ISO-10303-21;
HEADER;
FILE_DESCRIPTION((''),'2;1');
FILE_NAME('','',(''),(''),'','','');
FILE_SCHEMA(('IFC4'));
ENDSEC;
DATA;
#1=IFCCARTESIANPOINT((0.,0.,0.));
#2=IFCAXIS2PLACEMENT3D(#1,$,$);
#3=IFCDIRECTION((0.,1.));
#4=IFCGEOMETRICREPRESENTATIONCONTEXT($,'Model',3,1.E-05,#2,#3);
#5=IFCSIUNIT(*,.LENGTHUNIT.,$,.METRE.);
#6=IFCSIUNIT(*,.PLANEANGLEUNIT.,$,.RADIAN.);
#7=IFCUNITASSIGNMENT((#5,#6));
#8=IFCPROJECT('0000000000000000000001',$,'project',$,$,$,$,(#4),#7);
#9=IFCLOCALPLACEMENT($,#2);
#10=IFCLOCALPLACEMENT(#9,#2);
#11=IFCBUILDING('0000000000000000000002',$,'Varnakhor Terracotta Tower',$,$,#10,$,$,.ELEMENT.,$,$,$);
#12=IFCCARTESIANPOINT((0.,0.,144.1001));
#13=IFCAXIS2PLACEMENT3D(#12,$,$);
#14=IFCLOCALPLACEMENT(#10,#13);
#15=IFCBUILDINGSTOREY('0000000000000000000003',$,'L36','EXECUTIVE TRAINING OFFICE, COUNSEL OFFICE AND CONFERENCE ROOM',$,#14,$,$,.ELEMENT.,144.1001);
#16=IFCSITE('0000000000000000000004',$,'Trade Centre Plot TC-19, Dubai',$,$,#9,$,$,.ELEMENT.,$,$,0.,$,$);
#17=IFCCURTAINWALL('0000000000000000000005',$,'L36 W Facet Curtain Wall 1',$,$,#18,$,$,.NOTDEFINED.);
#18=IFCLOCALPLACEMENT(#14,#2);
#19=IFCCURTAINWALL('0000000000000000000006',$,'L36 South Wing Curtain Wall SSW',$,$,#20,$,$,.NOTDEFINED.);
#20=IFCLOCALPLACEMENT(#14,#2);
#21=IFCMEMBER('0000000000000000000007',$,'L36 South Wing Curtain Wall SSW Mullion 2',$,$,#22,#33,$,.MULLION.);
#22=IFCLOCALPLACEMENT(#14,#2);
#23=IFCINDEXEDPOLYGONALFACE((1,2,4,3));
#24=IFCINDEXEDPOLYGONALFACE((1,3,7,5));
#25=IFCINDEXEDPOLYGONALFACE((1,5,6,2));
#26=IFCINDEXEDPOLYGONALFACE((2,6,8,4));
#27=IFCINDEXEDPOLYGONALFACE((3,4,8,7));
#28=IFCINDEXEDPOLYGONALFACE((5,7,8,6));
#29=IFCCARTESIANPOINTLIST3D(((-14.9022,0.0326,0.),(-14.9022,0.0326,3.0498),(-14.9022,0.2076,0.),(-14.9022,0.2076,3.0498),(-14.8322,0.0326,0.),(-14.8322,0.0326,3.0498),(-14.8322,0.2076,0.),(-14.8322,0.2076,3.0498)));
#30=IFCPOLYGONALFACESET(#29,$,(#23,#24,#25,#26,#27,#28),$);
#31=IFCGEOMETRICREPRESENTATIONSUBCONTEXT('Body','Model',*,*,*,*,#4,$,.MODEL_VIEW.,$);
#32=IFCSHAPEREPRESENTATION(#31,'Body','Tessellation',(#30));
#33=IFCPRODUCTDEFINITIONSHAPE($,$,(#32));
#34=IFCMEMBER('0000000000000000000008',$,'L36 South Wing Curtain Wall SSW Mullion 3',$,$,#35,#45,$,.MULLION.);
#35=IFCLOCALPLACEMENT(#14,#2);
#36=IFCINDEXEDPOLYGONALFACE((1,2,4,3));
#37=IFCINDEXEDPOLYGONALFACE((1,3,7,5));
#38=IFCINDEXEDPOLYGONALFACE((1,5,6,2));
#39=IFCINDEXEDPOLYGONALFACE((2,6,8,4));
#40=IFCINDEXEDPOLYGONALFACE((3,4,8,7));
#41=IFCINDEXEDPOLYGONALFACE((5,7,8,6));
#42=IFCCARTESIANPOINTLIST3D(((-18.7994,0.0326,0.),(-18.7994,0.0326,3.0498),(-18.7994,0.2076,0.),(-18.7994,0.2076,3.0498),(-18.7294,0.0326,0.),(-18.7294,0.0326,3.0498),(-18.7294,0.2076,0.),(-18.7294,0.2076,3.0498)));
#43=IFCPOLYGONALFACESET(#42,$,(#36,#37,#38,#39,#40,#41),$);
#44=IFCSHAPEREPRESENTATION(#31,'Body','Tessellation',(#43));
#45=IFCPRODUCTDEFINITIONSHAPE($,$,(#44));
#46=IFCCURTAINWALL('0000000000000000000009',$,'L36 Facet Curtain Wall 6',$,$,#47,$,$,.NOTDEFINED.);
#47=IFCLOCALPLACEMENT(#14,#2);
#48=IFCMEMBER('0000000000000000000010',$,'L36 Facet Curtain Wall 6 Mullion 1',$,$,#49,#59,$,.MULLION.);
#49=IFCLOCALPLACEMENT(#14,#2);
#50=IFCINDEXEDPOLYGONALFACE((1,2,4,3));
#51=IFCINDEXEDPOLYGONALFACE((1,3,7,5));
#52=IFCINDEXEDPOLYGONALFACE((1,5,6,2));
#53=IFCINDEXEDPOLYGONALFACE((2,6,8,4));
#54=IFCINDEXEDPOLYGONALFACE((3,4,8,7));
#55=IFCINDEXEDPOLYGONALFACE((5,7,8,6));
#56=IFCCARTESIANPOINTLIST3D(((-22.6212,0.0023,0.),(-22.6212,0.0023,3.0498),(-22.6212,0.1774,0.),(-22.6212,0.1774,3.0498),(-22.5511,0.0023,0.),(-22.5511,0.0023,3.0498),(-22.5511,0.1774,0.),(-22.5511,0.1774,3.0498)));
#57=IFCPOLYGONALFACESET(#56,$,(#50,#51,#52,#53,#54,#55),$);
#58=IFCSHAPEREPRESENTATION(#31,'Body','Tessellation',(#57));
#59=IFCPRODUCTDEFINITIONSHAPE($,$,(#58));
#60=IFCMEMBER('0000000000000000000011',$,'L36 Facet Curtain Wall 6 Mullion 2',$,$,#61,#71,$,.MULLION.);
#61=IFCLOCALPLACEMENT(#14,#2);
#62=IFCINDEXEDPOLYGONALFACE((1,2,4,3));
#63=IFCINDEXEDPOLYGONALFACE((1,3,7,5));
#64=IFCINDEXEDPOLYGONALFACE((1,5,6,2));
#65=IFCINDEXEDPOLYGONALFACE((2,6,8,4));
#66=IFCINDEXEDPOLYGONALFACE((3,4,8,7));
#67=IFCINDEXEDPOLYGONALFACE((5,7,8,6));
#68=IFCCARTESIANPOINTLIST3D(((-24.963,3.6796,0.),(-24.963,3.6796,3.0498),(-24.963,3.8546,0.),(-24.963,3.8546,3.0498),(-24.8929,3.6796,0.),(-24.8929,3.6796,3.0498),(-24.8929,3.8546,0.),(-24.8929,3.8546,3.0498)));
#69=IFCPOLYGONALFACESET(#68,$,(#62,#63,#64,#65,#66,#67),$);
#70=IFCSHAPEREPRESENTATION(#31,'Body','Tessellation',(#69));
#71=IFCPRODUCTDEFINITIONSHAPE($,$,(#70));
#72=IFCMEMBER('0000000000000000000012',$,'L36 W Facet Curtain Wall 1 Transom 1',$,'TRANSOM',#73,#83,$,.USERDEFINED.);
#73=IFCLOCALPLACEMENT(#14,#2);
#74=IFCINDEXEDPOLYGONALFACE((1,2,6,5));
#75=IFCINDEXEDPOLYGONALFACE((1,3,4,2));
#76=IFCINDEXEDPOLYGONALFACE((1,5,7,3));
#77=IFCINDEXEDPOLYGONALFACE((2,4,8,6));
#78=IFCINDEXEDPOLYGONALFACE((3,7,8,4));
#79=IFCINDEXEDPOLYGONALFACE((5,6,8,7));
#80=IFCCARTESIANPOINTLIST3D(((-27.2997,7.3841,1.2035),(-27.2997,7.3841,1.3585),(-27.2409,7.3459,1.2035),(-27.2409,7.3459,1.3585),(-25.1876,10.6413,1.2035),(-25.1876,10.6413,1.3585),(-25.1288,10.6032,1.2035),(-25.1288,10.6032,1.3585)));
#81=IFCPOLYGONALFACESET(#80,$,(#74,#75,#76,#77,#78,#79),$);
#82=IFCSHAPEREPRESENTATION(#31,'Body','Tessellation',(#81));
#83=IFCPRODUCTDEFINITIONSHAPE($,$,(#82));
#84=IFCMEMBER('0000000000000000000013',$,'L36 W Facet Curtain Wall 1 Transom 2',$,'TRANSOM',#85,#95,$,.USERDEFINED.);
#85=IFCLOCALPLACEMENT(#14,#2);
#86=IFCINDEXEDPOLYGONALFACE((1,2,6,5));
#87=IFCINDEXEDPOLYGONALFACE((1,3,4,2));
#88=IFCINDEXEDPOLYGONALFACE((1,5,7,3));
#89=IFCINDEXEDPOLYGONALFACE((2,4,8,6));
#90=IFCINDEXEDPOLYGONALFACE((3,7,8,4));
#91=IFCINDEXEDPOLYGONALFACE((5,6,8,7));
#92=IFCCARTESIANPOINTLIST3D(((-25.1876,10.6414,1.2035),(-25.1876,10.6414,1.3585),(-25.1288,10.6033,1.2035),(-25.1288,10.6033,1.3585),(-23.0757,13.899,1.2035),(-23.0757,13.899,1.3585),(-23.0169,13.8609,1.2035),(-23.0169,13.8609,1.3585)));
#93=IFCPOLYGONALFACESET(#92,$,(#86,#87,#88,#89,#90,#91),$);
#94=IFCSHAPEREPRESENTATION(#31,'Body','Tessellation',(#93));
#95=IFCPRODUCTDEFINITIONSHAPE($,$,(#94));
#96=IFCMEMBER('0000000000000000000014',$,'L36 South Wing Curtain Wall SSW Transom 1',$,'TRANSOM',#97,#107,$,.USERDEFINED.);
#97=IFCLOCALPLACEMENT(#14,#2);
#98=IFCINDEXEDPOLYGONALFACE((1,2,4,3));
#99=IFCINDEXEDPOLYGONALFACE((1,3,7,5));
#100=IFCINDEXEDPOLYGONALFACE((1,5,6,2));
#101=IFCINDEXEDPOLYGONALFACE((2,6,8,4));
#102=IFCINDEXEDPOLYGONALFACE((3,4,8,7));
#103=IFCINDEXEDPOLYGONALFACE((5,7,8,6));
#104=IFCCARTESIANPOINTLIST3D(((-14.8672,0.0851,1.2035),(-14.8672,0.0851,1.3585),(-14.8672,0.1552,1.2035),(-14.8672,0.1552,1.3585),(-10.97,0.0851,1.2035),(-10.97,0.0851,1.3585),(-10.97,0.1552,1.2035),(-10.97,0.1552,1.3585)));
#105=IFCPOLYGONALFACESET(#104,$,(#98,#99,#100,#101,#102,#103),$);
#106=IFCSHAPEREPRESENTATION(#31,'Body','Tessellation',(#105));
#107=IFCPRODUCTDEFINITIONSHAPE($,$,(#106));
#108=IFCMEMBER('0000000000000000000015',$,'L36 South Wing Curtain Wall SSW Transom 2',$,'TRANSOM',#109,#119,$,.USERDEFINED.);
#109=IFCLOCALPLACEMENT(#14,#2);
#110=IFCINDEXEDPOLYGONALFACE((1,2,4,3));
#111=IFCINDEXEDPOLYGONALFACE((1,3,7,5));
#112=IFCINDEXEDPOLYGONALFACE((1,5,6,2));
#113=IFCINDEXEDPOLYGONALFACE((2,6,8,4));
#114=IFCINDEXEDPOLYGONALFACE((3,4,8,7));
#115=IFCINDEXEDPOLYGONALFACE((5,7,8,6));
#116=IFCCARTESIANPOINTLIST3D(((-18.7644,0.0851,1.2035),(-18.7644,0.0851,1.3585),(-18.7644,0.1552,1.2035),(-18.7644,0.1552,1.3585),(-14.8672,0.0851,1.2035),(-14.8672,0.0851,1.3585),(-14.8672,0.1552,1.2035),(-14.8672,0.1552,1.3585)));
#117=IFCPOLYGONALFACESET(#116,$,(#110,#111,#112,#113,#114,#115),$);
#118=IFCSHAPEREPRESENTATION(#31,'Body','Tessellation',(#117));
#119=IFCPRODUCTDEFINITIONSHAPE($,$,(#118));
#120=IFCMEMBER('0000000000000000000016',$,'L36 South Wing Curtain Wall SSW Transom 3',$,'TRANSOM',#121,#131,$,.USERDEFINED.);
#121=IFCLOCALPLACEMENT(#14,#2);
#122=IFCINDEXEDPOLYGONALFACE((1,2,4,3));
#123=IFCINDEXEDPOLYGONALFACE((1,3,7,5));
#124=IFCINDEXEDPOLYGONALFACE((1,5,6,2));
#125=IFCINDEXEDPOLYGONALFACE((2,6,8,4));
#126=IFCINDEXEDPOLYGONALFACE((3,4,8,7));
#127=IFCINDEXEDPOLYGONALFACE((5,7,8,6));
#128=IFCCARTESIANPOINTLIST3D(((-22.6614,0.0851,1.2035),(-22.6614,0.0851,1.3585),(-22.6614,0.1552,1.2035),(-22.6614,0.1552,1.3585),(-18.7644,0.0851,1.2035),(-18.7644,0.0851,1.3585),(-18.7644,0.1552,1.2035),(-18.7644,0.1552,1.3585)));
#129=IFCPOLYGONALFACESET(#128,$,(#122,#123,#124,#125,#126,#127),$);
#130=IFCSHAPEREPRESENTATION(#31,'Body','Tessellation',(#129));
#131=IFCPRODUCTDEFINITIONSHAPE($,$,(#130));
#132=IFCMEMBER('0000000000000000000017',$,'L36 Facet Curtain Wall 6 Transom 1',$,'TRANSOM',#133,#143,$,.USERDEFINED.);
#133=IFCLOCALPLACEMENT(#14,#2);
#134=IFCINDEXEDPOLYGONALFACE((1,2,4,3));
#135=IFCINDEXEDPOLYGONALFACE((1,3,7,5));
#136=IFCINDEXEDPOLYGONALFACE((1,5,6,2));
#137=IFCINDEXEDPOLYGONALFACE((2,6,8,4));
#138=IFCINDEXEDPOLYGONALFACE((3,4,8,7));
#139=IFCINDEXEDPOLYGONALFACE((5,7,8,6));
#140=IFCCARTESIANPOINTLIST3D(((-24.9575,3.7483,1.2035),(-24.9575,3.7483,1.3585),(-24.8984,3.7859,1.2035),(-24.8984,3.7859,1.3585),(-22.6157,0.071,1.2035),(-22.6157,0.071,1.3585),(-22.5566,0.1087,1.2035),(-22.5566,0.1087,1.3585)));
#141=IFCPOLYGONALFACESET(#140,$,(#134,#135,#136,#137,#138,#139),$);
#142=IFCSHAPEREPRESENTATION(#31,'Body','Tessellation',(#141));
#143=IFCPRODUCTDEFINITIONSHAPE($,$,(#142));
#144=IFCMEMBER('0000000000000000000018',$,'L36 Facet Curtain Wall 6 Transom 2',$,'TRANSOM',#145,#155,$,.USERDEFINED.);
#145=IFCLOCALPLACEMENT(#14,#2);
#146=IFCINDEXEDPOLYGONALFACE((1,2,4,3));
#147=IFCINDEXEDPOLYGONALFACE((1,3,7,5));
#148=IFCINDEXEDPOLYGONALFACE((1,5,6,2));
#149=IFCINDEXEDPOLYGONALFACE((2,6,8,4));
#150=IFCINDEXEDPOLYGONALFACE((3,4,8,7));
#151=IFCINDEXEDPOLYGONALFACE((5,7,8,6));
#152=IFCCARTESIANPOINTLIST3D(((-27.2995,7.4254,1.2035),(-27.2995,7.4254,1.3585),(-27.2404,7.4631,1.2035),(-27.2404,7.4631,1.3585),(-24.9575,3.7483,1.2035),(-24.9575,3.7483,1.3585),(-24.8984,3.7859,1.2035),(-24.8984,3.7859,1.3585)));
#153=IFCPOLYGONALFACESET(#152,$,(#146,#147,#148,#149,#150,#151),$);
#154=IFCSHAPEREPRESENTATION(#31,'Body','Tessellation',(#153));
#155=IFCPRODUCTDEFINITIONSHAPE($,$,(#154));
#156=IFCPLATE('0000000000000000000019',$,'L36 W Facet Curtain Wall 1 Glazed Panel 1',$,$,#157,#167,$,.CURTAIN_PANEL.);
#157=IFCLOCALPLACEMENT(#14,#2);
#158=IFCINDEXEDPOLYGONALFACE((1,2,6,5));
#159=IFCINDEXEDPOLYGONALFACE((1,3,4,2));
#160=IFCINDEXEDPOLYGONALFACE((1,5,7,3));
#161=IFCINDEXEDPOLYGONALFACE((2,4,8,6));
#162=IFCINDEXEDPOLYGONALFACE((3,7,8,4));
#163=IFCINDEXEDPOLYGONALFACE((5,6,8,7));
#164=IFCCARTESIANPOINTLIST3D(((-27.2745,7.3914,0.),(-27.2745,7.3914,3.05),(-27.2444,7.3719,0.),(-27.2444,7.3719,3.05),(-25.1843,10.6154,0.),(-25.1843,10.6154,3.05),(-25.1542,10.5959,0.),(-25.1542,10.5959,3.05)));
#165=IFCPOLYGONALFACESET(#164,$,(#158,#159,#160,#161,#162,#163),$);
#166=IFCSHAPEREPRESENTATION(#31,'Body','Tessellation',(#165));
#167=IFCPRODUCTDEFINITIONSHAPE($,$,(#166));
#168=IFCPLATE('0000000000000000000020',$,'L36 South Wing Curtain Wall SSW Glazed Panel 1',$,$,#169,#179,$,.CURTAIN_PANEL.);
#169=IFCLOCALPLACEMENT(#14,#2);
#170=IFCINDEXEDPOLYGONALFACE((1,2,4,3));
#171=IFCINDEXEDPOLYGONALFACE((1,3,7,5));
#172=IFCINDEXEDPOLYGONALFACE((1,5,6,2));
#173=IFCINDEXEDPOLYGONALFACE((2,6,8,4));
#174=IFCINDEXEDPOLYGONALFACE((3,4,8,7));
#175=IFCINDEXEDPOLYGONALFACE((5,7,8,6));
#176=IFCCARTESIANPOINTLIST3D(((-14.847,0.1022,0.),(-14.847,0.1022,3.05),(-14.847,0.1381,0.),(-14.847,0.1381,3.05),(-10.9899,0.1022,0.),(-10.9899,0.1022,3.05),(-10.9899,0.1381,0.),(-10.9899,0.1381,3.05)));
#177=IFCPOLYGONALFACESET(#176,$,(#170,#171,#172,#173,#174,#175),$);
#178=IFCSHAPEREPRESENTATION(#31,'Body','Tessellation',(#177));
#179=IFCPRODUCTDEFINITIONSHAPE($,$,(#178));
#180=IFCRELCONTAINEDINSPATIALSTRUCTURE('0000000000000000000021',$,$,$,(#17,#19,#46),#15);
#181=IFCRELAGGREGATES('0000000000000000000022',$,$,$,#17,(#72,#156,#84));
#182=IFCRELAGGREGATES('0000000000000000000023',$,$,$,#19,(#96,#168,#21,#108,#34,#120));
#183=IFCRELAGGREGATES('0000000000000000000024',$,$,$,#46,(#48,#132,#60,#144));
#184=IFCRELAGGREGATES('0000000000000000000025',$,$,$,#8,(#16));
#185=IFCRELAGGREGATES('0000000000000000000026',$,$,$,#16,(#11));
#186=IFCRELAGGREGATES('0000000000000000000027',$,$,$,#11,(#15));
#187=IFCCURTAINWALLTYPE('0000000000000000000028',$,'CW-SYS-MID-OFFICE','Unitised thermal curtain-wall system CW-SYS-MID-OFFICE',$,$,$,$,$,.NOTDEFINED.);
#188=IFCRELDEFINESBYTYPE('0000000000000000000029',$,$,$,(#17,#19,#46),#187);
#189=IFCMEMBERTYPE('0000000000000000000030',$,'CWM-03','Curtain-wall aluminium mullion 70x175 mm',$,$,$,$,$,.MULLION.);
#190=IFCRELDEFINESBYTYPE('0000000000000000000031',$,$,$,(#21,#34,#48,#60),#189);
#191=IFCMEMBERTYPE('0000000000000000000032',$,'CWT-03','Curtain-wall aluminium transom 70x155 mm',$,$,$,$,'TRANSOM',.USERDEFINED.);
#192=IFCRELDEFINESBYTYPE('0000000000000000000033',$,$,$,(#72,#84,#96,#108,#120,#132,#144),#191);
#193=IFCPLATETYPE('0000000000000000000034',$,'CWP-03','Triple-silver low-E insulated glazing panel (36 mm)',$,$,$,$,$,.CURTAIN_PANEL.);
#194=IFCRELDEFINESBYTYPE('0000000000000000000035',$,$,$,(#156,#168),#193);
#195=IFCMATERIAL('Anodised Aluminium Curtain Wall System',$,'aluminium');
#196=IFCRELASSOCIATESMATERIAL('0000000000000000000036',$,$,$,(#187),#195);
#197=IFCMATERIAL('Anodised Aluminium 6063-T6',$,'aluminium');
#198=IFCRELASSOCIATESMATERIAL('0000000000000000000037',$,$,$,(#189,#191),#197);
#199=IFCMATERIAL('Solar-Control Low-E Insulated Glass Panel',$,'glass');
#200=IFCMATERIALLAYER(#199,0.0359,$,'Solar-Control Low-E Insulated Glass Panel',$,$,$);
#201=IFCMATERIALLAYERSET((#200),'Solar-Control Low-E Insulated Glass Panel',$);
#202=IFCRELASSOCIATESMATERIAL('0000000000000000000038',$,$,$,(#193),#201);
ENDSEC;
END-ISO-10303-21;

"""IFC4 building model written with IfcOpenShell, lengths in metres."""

from ifc_helpers import new_model, si_unit, direction, frame, origin, origin_2d, place, context, subcontext, project, spatial, rectangle, extrude, source, transform, mapped, material, layer, layer_set, material_profile, profile_set, type_object, type_shapes, element, aggregate, save


model = new_model("IFC4")

# Units and contexts
model_context = context("Model", 3, precision=1e-05, world=origin(), true_north=direction((0.0, 1.0)))
body_context = subcontext(model_context, "Body", "Model", "MODEL_VIEW")
ifc_project = project(units=[si_unit("LENGTHUNIT", "METRE"), si_unit("PLANEANGLEUNIT", "RADIAN")], contexts=[model_context])

# Site, building, storey
site_placement = place(None, origin())
site = spatial("IfcSite", under=ifc_project, at=site_placement, Name="Trade Centre Plot TC-19, Dubai", CompositionType="ELEMENT", RefElevation=0.0)
building_placement = place(site_placement, origin())
building = spatial("IfcBuilding", under=site, at=building_placement, Name="Varnakhor Terracotta Tower", CompositionType="ELEMENT")
storey_placement = place(building_placement, frame((0.0, 0.0, 144.1001)))
storey = spatial("IfcBuildingStorey", under=building, at=storey_placement, Name="L36", Description="EXECUTIVE TRAINING OFFICE, COUNSEL OFFICE AND CONFERENCE ROOM", CompositionType="ELEMENT", Elevation=144.1001)

# Curtain walls, members
ifc_material_1 = material(Name="Anodised Aluminium Curtain Wall System", Category="aluminium")
curtain_wall_type = type_object("IfcCurtainWallType", Name="CW-SYS-MID-OFFICE", Description="Unitised thermal curtain-wall system CW-SYS-MID-OFFICE", PredefinedType="NOTDEFINED", material=ifc_material_1)
curtain_wall_1_placement = place(storey_placement, origin())
curtain_wall_1 = element("IfcCurtainWall", 1, at=curtain_wall_1_placement, inside=storey, type_object=curtain_wall_type, Name="L36 W Facet Curtain Wall 1", PredefinedType="NOTDEFINED")
ifc_material_2 = material(Name="Anodised Aluminium 6063-T6", Category="aluminium")
ifc_material_profile_1 = material_profile(ifc_material_2, rectangle(XDim=0.0701, YDim=0.175, at=origin_2d()), Name="ALU MULLION 70x175")
ifc_profile_set_1 = profile_set([ifc_material_profile_1], Name="Anodised Aluminium 6063-T6")
member_type_1 = type_object("IfcMemberType", Name="CWM-03", Description="Curtain-wall aluminium mullion 70x175 mm", PredefinedType="MULLION", material=ifc_profile_set_1)
shared_shape_1 = source(origin(), body_context, "Body", "SweptSolid", [
    extrude(rectangle(XDim=0.0701, YDim=0.175, at=origin_2d()), origin(), (0.0, 0.0, 1.0), 3.0498),
])
type_shapes(member_type_1, [shared_shape_1])
curtain_wall_2_placement = place(storey_placement, origin())
curtain_wall_2 = element("IfcCurtainWall", 2, at=curtain_wall_2_placement, inside=storey, type_object=curtain_wall_type, Name="L36 South Wing Curtain Wall SSW", PredefinedType="NOTDEFINED")
member_1_placement = place(storey_placement, frame((-14.8672, 0.1201, 0.0), z_axis=(0.0, 0.0, 1.0), x_axis=(1.0, 0.0, 0.0)))
member_1 = element("IfcMember", 3, at=member_1_placement, type_object=member_type_1, Name="L36 South Wing Curtain Wall SSW Mullion 2", PredefinedType="MULLION", context=body_context, shape_type="MappedRepresentation", body=[
    mapped(shared_shape_1, transform((0.0, 0.0, 0.0), scale=1.0)),
])
member_2_placement = place(storey_placement, frame((-18.7644, 0.1201, 0.0), z_axis=(0.0, 0.0, 1.0), x_axis=(1.0, 0.0, 0.0)))
member_2 = element("IfcMember", 4, at=member_2_placement, type_object=member_type_1, Name="L36 South Wing Curtain Wall SSW Mullion 3", PredefinedType="MULLION", context=body_context, shape_type="MappedRepresentation", body=[
    mapped(shared_shape_1, transform((0.0, 0.0, 0.0), scale=1.0)),
])
curtain_wall_3_placement = place(storey_placement, origin())
curtain_wall_3 = element("IfcCurtainWall", 5, at=curtain_wall_3_placement, inside=storey, type_object=curtain_wall_type, Name="L36 Facet Curtain Wall 6", PredefinedType="NOTDEFINED")
member_3_placement = place(storey_placement, frame((-22.5862, 0.0898, 0.0), z_axis=(0.0, 0.0, 1.0), x_axis=(1.0, 0.0, 0.0)))
member_3 = element("IfcMember", 6, at=member_3_placement, type_object=member_type_1, Name="L36 Facet Curtain Wall 6 Mullion 1", PredefinedType="MULLION", context=body_context, shape_type="MappedRepresentation", body=[
    mapped(shared_shape_1, transform((0.0, 0.0, 0.0), scale=1.0)),
])
member_4_placement = place(storey_placement, frame((-24.928, 3.7671, 0.0), z_axis=(0.0, 0.0, 1.0), x_axis=(1.0, 0.0, 0.0)))
member_4 = element("IfcMember", 7, at=member_4_placement, type_object=member_type_1, Name="L36 Facet Curtain Wall 6 Mullion 2", PredefinedType="MULLION", context=body_context, shape_type="MappedRepresentation", body=[
    mapped(shared_shape_1, transform((0.0, 0.0, 0.0), scale=1.0)),
])

# Members
ifc_material_profile_2 = material_profile(ifc_material_2, rectangle(XDim=0.0701, YDim=0.155, at=origin_2d()), Name="ALU TRANSOM 70x155")
ifc_profile_set_2 = profile_set([ifc_material_profile_2], Name="Anodised Aluminium 6063-T6")
member_type_2 = type_object("IfcMemberType", Name="CWT-03", Description="Curtain-wall aluminium transom 70x155 mm", ElementType="TRANSOM", PredefinedType="USERDEFINED", material=ifc_profile_set_2)
shared_shape_2 = source(origin(), body_context, "Body", "SweptSolid", [
    extrude(rectangle(XDim=0.0701, YDim=0.155, at=origin_2d()), origin(), (0.0, 0.0, 1.0), 3.8821),
])
member_5_placement = place(storey_placement, frame((-27.2703, 7.365, 1.281), z_axis=(0.544046, 0.839055, 0.0), x_axis=(-0.839055, 0.544046, 0.0)))
member_5 = element("IfcMember", 8, at=member_5_placement, type_object=member_type_2, Name="L36 W Facet Curtain Wall 1 Transom 1", ObjectType="TRANSOM", PredefinedType="USERDEFINED", context=body_context, shape_type="MappedRepresentation", body=[
    mapped(shared_shape_2, transform((0.0, 0.0, 0.0), scale=1.0)),
])
shared_shape_3 = source(origin(), body_context, "Body", "SweptSolid", [
    extrude(rectangle(XDim=0.0701, YDim=0.155, at=origin_2d()), origin(), (0.0, 0.0, 1.0), 3.8823),
])
member_6_placement = place(storey_placement, frame((-25.1582, 10.6223, 1.281), z_axis=(0.543973, 0.839102, 0.0), x_axis=(-0.839102, 0.543973, 0.0)))
member_6 = element("IfcMember", 9, at=member_6_placement, type_object=member_type_2, Name="L36 W Facet Curtain Wall 1 Transom 2", ObjectType="TRANSOM", PredefinedType="USERDEFINED", context=body_context, shape_type="MappedRepresentation", body=[
    mapped(shared_shape_3, transform((0.0, 0.0, 0.0), scale=1.0)),
])
shared_shape_4 = source(origin(), body_context, "Body", "SweptSolid", [
    extrude(rectangle(XDim=0.0701, YDim=0.155, at=origin_2d()), origin(), (0.0, 0.0, 1.0), 3.8972),
])
member_7_placement = place(storey_placement, frame((-10.97, 0.1201, 1.281), z_axis=(-1.0, 0.0, 0.0), x_axis=(0.0, -1.0, 0.0)))
member_7 = element("IfcMember", 10, at=member_7_placement, type_object=member_type_2, Name="L36 South Wing Curtain Wall SSW Transom 1", ObjectType="TRANSOM", PredefinedType="USERDEFINED", context=body_context, shape_type="MappedRepresentation", body=[
    mapped(shared_shape_4, transform((0.0, 0.0, 0.0), scale=1.0)),
])
member_8_placement = place(storey_placement, frame((-14.8672, 0.1201, 1.281), z_axis=(-1.0, 0.0, 0.0), x_axis=(0.0, -1.0, 0.0)))
member_8 = element("IfcMember", 11, at=member_8_placement, type_object=member_type_2, Name="L36 South Wing Curtain Wall SSW Transom 2", ObjectType="TRANSOM", PredefinedType="USERDEFINED", context=body_context, shape_type="MappedRepresentation", body=[
    mapped(shared_shape_4, transform((0.0, 0.0, 0.0), scale=1.0)),
])
shared_shape_5 = source(origin(), body_context, "Body", "SweptSolid", [
    extrude(rectangle(XDim=0.0701, YDim=0.155, at=origin_2d()), origin(), (0.0, 0.0, 1.0), 3.897),
])
member_9_placement = place(storey_placement, frame((-18.7644, 0.1201, 1.281), z_axis=(-1.0, 0.0, 0.0), x_axis=(0.0, -1.0, 0.0)))
member_9 = element("IfcMember", 12, at=member_9_placement, type_object=member_type_2, Name="L36 South Wing Curtain Wall SSW Transom 3", ObjectType="TRANSOM", PredefinedType="USERDEFINED", context=body_context, shape_type="MappedRepresentation", body=[
    mapped(shared_shape_5, transform((0.0, 0.0, 0.0), scale=1.0)),
])
shared_shape_6 = source(origin(), body_context, "Body", "SweptSolid", [
    extrude(rectangle(XDim=0.0701, YDim=0.155, at=origin_2d()), origin(), (0.0, 0.0, 1.0), 4.3596),
])
member_10_placement = place(storey_placement, frame((-22.5862, 0.0898, 1.281), z_axis=(-0.537158, 0.843482, 0.0), x_axis=(-0.843482, -0.537158, 0.0)))
member_10 = element("IfcMember", 13, at=member_10_placement, type_object=member_type_2, Name="L36 Facet Curtain Wall 6 Transom 1", ObjectType="TRANSOM", PredefinedType="USERDEFINED", context=body_context, shape_type="MappedRepresentation", body=[
    mapped(shared_shape_6, transform((0.0, 0.0, 0.0), scale=1.0)),
])
member_11_placement = place(storey_placement, frame((-24.928, 3.7671, 1.281), z_axis=(-0.537198, 0.843456, 0.0), x_axis=(-0.843456, -0.537198, 0.0)))
member_11 = element("IfcMember", 14, at=member_11_placement, type_object=member_type_2, Name="L36 Facet Curtain Wall 6 Transom 2", ObjectType="TRANSOM", PredefinedType="USERDEFINED", context=body_context, shape_type="MappedRepresentation", body=[
    mapped(shared_shape_6, transform((0.0, 0.0, 0.0), scale=1.0)),
])

# Plates
ifc_material_3 = material(Name="Solar-Control Low-E Insulated Glass Panel", Category="glass")
ifc_layer_1 = layer(ifc_material_3, 0.0359, Name="Solar-Control Low-E Insulated Glass Panel")
ifc_layer_set_1 = layer_set([ifc_layer_1], Name="Solar-Control Low-E Insulated Glass Panel")
plate_type = type_object("IfcPlateType", Name="CWP-03", Description="Triple-silver low-E insulated glazing panel (36 mm)", PredefinedType="CURTAIN_PANEL", material=ifc_layer_set_1)
shared_shape_7 = source(origin(), body_context, "Body", "SweptSolid", [
    extrude(rectangle(XDim=3.8423, YDim=0.0359, at=origin_2d()), origin(), (0.0, 0.0, 1.0), 3.05),
])
plate_1_placement = place(storey_placement, frame((-26.2144, 8.9937, 0.0), z_axis=(0.0, 0.0, 1.0), x_axis=(0.544009, 0.839079, 0.0)))
plate_1 = element("IfcPlate", 15, at=plate_1_placement, type_object=plate_type, Name="L36 W Facet Curtain Wall 1 Glazed Panel 1", PredefinedType="CURTAIN_PANEL", context=body_context, shape_type="MappedRepresentation", body=[
    mapped(shared_shape_7, transform((0.0, 0.0, 0.0), scale=1.0)),
])
aggregate(curtain_wall_1, [member_5, plate_1, member_6])
shared_shape_8 = source(origin(), body_context, "Body", "SweptSolid", [
    extrude(rectangle(XDim=3.8572, YDim=0.0359, at=origin_2d()), origin(), (0.0, 0.0, 1.0), 3.05),
])
plate_2_placement = place(storey_placement, frame((-12.9185, 0.1201, 0.0), z_axis=(0.0, 0.0, 1.0), x_axis=(-1.0, 0.0, 0.0)))
plate_2 = element("IfcPlate", 16, at=plate_2_placement, type_object=plate_type, Name="L36 South Wing Curtain Wall SSW Glazed Panel 1", PredefinedType="CURTAIN_PANEL", context=body_context, shape_type="MappedRepresentation", body=[
    mapped(shared_shape_8, transform((0.0, 0.0, 0.0), scale=1.0)),
])
aggregate(curtain_wall_2, [member_7, plate_2, member_1, member_8, member_2, member_9])
aggregate(curtain_wall_3, [member_3, member_10, member_4, member_11])

save(model, "model.ifc")
